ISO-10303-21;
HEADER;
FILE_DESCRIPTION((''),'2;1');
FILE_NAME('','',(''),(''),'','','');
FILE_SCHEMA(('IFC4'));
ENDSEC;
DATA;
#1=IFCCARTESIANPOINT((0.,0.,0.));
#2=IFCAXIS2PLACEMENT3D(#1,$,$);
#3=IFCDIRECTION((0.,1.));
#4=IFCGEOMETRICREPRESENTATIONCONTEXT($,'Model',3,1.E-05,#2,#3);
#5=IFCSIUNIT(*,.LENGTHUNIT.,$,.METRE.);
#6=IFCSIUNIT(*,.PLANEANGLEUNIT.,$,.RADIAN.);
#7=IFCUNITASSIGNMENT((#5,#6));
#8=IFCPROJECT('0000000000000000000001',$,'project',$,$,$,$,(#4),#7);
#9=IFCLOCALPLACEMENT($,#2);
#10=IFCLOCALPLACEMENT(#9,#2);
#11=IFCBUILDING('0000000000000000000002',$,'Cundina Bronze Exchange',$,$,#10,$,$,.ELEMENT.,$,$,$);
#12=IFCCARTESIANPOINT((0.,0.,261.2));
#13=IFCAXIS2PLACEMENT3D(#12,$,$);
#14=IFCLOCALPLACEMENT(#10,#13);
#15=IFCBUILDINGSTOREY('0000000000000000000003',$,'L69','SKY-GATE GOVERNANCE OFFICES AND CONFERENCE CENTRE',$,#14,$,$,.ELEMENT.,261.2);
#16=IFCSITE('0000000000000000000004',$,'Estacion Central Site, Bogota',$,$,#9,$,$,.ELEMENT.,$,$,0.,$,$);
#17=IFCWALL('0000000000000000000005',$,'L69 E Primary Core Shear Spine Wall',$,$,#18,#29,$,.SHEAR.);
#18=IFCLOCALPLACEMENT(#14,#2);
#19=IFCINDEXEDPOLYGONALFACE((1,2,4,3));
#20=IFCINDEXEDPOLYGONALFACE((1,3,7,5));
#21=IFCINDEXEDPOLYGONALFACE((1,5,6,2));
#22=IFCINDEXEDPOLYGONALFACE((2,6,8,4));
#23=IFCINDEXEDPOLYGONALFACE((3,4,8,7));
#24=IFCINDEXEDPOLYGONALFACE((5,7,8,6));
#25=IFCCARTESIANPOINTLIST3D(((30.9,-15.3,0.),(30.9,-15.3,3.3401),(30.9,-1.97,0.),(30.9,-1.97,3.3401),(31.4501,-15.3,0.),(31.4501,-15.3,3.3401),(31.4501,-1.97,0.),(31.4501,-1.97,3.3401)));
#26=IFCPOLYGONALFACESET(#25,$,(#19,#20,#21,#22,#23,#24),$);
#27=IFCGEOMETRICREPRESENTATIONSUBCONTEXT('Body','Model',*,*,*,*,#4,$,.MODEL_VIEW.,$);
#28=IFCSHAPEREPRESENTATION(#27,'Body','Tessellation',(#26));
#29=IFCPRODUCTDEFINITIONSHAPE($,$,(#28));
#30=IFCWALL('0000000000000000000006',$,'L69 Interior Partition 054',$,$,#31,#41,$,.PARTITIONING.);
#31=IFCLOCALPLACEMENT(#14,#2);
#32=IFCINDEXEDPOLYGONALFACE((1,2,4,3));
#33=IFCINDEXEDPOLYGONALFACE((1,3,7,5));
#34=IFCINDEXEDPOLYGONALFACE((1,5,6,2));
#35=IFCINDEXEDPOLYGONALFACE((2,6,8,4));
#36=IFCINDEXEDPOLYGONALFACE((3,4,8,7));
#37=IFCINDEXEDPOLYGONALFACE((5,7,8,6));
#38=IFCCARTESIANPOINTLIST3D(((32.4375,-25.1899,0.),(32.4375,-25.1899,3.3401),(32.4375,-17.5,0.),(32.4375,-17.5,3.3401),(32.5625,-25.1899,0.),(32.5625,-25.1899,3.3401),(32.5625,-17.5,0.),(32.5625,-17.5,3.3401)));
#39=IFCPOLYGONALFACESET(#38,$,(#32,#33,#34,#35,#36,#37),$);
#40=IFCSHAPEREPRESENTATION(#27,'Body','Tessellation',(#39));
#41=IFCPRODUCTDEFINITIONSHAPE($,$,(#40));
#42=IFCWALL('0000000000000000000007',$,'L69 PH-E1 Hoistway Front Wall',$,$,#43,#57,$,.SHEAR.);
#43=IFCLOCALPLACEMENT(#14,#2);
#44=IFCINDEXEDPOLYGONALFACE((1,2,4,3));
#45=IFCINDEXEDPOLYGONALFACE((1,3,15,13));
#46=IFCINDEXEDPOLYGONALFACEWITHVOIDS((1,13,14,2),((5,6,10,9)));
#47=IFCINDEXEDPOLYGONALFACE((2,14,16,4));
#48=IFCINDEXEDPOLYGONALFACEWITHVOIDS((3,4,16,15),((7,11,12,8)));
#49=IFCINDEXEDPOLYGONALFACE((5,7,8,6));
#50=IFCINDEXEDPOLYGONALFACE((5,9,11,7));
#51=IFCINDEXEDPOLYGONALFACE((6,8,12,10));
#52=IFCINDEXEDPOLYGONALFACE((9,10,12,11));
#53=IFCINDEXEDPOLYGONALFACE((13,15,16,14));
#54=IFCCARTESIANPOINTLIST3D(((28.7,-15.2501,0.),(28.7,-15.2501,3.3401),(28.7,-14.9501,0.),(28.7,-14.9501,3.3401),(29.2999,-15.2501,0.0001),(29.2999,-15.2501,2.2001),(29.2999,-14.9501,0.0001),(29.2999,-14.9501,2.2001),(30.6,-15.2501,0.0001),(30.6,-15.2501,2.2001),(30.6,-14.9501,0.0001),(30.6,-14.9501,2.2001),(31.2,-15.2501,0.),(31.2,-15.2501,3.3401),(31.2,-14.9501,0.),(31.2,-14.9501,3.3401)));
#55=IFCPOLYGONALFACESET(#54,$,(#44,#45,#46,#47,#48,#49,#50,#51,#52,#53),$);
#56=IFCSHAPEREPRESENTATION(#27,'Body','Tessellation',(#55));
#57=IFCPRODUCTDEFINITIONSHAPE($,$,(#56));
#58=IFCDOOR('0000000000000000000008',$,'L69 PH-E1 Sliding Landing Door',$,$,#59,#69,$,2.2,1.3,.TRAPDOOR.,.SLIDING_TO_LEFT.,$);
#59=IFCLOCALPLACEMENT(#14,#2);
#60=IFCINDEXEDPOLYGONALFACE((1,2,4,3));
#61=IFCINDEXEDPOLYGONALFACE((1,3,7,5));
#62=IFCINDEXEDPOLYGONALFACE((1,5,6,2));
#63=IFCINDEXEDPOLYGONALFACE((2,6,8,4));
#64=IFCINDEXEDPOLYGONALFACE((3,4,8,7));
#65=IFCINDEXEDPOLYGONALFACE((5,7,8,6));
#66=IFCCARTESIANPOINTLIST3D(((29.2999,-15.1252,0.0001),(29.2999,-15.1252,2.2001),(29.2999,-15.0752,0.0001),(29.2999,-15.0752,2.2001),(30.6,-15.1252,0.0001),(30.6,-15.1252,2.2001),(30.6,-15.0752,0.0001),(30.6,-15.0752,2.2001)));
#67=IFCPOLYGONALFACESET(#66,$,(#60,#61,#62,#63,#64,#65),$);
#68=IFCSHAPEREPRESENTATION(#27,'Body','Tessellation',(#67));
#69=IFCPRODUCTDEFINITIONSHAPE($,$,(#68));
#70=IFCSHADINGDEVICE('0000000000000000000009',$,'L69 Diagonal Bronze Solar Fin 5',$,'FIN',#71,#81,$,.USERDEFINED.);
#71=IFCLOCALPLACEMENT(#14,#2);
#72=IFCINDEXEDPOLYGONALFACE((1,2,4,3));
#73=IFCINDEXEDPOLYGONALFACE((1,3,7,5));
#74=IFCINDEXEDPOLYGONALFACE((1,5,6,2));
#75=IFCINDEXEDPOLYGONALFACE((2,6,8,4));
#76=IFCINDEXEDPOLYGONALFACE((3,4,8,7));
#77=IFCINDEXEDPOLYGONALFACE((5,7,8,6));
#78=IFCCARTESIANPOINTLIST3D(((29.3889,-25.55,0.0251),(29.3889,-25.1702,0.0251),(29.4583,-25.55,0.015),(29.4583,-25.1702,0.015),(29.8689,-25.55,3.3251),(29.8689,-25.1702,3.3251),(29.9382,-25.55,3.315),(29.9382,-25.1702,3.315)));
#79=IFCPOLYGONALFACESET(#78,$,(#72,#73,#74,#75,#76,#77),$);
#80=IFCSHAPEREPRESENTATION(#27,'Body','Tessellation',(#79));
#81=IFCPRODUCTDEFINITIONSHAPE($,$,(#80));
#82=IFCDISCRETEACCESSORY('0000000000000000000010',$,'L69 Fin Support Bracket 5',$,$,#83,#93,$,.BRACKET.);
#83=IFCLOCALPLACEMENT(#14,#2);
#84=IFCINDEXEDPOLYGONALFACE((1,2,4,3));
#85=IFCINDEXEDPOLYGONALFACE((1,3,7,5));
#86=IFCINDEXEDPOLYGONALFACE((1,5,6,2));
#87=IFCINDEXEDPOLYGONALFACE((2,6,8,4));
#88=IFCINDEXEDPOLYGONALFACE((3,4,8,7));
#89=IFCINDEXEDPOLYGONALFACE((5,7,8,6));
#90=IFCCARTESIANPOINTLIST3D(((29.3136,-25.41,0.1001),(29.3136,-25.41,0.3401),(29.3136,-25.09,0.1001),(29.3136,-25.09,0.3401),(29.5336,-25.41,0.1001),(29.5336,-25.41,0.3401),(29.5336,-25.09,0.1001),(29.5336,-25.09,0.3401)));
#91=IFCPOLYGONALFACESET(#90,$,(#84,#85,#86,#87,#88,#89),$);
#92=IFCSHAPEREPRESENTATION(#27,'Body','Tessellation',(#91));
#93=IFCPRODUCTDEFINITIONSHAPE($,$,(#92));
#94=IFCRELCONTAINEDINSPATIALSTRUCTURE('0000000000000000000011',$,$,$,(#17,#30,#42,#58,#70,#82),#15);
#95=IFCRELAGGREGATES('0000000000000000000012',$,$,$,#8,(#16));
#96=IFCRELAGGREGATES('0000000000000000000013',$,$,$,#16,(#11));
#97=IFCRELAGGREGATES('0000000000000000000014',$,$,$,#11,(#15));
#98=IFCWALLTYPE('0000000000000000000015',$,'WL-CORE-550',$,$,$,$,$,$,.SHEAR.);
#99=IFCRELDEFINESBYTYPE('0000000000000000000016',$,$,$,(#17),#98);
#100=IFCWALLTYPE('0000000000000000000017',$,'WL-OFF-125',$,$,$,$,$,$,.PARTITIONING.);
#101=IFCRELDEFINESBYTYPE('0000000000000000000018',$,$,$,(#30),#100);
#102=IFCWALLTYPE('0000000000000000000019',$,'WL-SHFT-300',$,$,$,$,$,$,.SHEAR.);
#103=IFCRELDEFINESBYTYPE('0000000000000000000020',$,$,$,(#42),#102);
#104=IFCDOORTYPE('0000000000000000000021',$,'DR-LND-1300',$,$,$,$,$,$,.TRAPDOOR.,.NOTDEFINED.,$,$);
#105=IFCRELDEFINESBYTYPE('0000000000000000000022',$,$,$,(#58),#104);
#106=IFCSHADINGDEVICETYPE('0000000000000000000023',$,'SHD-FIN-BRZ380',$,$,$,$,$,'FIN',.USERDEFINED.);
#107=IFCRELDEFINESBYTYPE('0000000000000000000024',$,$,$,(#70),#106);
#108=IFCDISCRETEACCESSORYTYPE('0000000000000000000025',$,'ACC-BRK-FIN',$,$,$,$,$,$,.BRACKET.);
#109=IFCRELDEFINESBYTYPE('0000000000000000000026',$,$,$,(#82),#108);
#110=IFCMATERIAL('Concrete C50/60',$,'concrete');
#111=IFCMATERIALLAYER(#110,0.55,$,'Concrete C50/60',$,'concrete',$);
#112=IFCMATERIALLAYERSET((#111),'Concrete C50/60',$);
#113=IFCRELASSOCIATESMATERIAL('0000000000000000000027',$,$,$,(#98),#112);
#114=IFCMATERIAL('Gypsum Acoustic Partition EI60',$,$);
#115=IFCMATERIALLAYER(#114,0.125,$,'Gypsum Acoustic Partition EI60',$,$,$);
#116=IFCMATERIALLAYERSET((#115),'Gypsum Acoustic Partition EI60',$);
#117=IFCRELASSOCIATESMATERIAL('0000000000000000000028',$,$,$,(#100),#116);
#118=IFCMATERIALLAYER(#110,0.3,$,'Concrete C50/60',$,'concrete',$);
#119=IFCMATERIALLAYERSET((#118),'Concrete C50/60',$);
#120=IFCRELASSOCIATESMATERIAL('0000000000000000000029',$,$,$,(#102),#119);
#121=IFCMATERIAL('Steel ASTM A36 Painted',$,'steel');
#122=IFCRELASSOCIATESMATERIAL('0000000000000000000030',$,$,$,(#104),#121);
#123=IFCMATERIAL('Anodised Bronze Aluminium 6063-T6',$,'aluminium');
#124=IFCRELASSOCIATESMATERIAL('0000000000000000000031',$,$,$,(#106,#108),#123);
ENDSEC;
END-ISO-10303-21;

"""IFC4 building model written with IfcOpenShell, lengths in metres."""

from ifc_helpers import new_model, si_unit, direction, frame, frame_2d, origin, origin_2d, place, context, subcontext, project, spatial, rectangle, extrude, material, layer, layer_set, material_profile, profile_set, type_object, element, fill, save


model = new_model("IFC4")

# Units and contexts
model_context = context("Model", 3, precision=1e-05, world=origin(), true_north=direction((0.0, 1.0)))
body_context = subcontext(model_context, "Body", "Model", "MODEL_VIEW")
ifc_project = project(units=[si_unit("LENGTHUNIT", "METRE"), si_unit("PLANEANGLEUNIT", "RADIAN")], contexts=[model_context])

# Site, building, storey
site_placement = place(None, origin())
site = spatial("IfcSite", under=ifc_project, at=site_placement, Name="Estacion Central Site, Bogota", CompositionType="ELEMENT", RefElevation=0.0)
building_placement = place(site_placement, origin())
building = spatial("IfcBuilding", under=site, at=building_placement, Name="Cundina Bronze Exchange", CompositionType="ELEMENT")
storey_placement = place(building_placement, frame((0.0, 0.0, 261.2)))
storey = spatial("IfcBuildingStorey", under=building, at=storey_placement, Name="L69", Description="SKY-GATE GOVERNANCE OFFICES AND CONFERENCE CENTRE", CompositionType="ELEMENT", Elevation=261.2)

# Shared definitions
ifc_material_1 = material(Name="Concrete C50/60", Category="concrete")

# Shared definitions
ifc_material_2 = material(Name="Anodised Bronze Aluminium 6063-T6", Category="aluminium")

# Walls
ifc_layer_1 = layer(ifc_material_1, 0.55, Name="Concrete C50/60", Category="concrete")
ifc_layer_set_1 = layer_set([ifc_layer_1], Name="Concrete C50/60")
wall_type_1 = type_object("IfcWallType", Name="WL-CORE-550", PredefinedType="SHEAR", material=ifc_layer_set_1)
wall_1_placement = place(storey_placement, frame((31.175, -15.3, 0.0), z_axis=(0.0, 0.0, 1.0), x_axis=(0.0, 1.0, 0.0)))
element("IfcWall", 1, at=wall_1_placement, inside=storey, type_object=wall_type_1, Name="L69 E Primary Core Shear Spine Wall", PredefinedType="SHEAR", context=body_context, shape_type="SweptSolid", body=[
    extrude(rectangle(XDim=13.3301, YDim=0.55, at=frame_2d((6.665, 0.0))), origin(), (0.0, 0.0, 1.0), 3.3401),
])
ifc_material_3 = material(Name="Gypsum Acoustic Partition EI60")
ifc_layer_2 = layer(ifc_material_3, 0.125, Name="Gypsum Acoustic Partition EI60")
ifc_layer_set_2 = layer_set([ifc_layer_2], Name="Gypsum Acoustic Partition EI60")
wall_type_2 = type_object("IfcWallType", Name="WL-OFF-125", PredefinedType="PARTITIONING", material=ifc_layer_set_2)
wall_2_placement = place(storey_placement, frame((32.5, -25.1899, 0.0), z_axis=(0.0, 0.0, 1.0), x_axis=(0.0, 1.0, 0.0)))
element("IfcWall", 2, at=wall_2_placement, inside=storey, type_object=wall_type_2, Name="L69 Interior Partition 054", PredefinedType="PARTITIONING", context=body_context, shape_type="SweptSolid", body=[
    extrude(rectangle(XDim=7.6899, YDim=0.125, at=frame_2d((3.845, 0.0))), origin(), (0.0, 0.0, 1.0), 3.3401),
])

# Wall, opening, door
ifc_layer_3 = layer(ifc_material_1, 0.3, Name="Concrete C50/60", Category="concrete")
ifc_layer_set_3 = layer_set([ifc_layer_3], Name="Concrete C50/60")
wall_type_3 = type_object("IfcWallType", Name="WL-SHFT-300", PredefinedType="SHEAR", material=ifc_layer_set_3)
wall_3_placement = place(storey_placement, frame((28.7, -15.1001, 0.0), z_axis=(0.0, 0.0, 1.0), x_axis=(1.0, 0.0, 0.0)))
wall_3 = element("IfcWall", 3, at=wall_3_placement, inside=storey, type_object=wall_type_3, Name="L69 PH-E1 Hoistway Front Wall", PredefinedType="SHEAR", context=body_context, shape_type="SweptSolid", body=[
    extrude(rectangle(XDim=2.5, YDim=0.3, at=frame_2d((1.25, 0.0))), origin(), (0.0, 0.0, 1.0), 3.3401),
])
opening_1_placement = place(wall_3_placement, frame((0.6001, 0.0, 0.0)))
opening_1 = element("IfcOpeningElement", 4, at=opening_1_placement, cuts=wall_3, PredefinedType="OPENING", context=body_context, shape_type="SweptSolid", body=[
    extrude(rectangle(XDim=1.3, YDim=2.2, at=frame_2d((0.6499, 1.1001))), frame((0.0, 0.1599, 0.0), z_axis=(0.0, -1.0, 0.0), x_axis=(1.0, 0.0, 0.0)), (0.0, 0.0, 1.0), 0.3201),
])
ifc_material_4 = material(Name="Steel ASTM A36 Painted", Category="steel")
door_type_1 = type_object("IfcDoorType", Name="DR-LND-1300", OperationType="NOTDEFINED", PredefinedType="TRAPDOOR", material=ifc_material_4)
door_1_placement = place(opening_1_placement, origin())
door_1 = element("IfcDoor", 5, at=door_1_placement, inside=storey, type_object=door_type_1, Name="L69 PH-E1 Sliding Landing Door", OperationType="SLIDING_TO_LEFT", OverallHeight=2.2, OverallWidth=1.3, PredefinedType="TRAPDOOR", context=body_context, shape_type="SweptSolid", body=[
    extrude(rectangle(XDim=1.3, YDim=2.2, at=frame_2d((0.6499, 1.1001))), frame((0.0, 0.0249, 0.0), z_axis=(0.0, -1.0, 0.0), x_axis=(1.0, 0.0, 0.0)), (0.0, 0.0, 1.0), 0.05),
])
fill(opening_1, door_1)

# Shading device
ifc_material_profile_1 = material_profile(ifc_material_2, rectangle(XDim=0.0701, YDim=0.3799, at=origin_2d()), Name="FIN70X380", Category="aluminium")
ifc_profile_set_1 = profile_set([ifc_material_profile_1], Name="Anodised Bronze Aluminium 6063-T6")
shading_device_type = type_object("IfcShadingDeviceType", Name="SHD-FIN-BRZ380", ElementType="FIN", PredefinedType="USERDEFINED", material=ifc_profile_set_1)
shading_device_placement = place(storey_placement, frame((29.4236, -25.3601, 0.02), z_axis=(0.143932, 0.0, 0.989588), x_axis=(-0.989588, 0.0, 0.143932)))
element("IfcShadingDevice", 6, at=shading_device_placement, inside=storey, type_object=shading_device_type, Name="L69 Diagonal Bronze Solar Fin 5", ObjectType="FIN", PredefinedType="USERDEFINED", context=body_context, shape_type="SweptSolid", body=[
    extrude(rectangle(XDim=0.0701, YDim=0.3799, at=origin_2d()), origin(), (0.0, 0.0, 1.0), 3.3347),
])

# Discrete accessory
discrete_accessory_type = type_object("IfcDiscreteAccessoryType", Name="ACC-BRK-FIN", PredefinedType="BRACKET", material=ifc_material_2)
discrete_accessory_placement = place(storey_placement, frame((29.4236, -25.25, 0.1001), z_axis=(0.0, 0.0, 1.0), x_axis=(1.0, 0.0, 0.0)))
element("IfcDiscreteAccessory", 7, at=discrete_accessory_placement, inside=storey, type_object=discrete_accessory_type, Name="L69 Fin Support Bracket 5", PredefinedType="BRACKET", context=body_context, shape_type="SweptSolid", body=[
    extrude(rectangle(XDim=0.22, YDim=0.3201, at=origin_2d()), origin(), (0.0, 0.0, 1.0), 0.24),
])

save(model, "model.ifc")
